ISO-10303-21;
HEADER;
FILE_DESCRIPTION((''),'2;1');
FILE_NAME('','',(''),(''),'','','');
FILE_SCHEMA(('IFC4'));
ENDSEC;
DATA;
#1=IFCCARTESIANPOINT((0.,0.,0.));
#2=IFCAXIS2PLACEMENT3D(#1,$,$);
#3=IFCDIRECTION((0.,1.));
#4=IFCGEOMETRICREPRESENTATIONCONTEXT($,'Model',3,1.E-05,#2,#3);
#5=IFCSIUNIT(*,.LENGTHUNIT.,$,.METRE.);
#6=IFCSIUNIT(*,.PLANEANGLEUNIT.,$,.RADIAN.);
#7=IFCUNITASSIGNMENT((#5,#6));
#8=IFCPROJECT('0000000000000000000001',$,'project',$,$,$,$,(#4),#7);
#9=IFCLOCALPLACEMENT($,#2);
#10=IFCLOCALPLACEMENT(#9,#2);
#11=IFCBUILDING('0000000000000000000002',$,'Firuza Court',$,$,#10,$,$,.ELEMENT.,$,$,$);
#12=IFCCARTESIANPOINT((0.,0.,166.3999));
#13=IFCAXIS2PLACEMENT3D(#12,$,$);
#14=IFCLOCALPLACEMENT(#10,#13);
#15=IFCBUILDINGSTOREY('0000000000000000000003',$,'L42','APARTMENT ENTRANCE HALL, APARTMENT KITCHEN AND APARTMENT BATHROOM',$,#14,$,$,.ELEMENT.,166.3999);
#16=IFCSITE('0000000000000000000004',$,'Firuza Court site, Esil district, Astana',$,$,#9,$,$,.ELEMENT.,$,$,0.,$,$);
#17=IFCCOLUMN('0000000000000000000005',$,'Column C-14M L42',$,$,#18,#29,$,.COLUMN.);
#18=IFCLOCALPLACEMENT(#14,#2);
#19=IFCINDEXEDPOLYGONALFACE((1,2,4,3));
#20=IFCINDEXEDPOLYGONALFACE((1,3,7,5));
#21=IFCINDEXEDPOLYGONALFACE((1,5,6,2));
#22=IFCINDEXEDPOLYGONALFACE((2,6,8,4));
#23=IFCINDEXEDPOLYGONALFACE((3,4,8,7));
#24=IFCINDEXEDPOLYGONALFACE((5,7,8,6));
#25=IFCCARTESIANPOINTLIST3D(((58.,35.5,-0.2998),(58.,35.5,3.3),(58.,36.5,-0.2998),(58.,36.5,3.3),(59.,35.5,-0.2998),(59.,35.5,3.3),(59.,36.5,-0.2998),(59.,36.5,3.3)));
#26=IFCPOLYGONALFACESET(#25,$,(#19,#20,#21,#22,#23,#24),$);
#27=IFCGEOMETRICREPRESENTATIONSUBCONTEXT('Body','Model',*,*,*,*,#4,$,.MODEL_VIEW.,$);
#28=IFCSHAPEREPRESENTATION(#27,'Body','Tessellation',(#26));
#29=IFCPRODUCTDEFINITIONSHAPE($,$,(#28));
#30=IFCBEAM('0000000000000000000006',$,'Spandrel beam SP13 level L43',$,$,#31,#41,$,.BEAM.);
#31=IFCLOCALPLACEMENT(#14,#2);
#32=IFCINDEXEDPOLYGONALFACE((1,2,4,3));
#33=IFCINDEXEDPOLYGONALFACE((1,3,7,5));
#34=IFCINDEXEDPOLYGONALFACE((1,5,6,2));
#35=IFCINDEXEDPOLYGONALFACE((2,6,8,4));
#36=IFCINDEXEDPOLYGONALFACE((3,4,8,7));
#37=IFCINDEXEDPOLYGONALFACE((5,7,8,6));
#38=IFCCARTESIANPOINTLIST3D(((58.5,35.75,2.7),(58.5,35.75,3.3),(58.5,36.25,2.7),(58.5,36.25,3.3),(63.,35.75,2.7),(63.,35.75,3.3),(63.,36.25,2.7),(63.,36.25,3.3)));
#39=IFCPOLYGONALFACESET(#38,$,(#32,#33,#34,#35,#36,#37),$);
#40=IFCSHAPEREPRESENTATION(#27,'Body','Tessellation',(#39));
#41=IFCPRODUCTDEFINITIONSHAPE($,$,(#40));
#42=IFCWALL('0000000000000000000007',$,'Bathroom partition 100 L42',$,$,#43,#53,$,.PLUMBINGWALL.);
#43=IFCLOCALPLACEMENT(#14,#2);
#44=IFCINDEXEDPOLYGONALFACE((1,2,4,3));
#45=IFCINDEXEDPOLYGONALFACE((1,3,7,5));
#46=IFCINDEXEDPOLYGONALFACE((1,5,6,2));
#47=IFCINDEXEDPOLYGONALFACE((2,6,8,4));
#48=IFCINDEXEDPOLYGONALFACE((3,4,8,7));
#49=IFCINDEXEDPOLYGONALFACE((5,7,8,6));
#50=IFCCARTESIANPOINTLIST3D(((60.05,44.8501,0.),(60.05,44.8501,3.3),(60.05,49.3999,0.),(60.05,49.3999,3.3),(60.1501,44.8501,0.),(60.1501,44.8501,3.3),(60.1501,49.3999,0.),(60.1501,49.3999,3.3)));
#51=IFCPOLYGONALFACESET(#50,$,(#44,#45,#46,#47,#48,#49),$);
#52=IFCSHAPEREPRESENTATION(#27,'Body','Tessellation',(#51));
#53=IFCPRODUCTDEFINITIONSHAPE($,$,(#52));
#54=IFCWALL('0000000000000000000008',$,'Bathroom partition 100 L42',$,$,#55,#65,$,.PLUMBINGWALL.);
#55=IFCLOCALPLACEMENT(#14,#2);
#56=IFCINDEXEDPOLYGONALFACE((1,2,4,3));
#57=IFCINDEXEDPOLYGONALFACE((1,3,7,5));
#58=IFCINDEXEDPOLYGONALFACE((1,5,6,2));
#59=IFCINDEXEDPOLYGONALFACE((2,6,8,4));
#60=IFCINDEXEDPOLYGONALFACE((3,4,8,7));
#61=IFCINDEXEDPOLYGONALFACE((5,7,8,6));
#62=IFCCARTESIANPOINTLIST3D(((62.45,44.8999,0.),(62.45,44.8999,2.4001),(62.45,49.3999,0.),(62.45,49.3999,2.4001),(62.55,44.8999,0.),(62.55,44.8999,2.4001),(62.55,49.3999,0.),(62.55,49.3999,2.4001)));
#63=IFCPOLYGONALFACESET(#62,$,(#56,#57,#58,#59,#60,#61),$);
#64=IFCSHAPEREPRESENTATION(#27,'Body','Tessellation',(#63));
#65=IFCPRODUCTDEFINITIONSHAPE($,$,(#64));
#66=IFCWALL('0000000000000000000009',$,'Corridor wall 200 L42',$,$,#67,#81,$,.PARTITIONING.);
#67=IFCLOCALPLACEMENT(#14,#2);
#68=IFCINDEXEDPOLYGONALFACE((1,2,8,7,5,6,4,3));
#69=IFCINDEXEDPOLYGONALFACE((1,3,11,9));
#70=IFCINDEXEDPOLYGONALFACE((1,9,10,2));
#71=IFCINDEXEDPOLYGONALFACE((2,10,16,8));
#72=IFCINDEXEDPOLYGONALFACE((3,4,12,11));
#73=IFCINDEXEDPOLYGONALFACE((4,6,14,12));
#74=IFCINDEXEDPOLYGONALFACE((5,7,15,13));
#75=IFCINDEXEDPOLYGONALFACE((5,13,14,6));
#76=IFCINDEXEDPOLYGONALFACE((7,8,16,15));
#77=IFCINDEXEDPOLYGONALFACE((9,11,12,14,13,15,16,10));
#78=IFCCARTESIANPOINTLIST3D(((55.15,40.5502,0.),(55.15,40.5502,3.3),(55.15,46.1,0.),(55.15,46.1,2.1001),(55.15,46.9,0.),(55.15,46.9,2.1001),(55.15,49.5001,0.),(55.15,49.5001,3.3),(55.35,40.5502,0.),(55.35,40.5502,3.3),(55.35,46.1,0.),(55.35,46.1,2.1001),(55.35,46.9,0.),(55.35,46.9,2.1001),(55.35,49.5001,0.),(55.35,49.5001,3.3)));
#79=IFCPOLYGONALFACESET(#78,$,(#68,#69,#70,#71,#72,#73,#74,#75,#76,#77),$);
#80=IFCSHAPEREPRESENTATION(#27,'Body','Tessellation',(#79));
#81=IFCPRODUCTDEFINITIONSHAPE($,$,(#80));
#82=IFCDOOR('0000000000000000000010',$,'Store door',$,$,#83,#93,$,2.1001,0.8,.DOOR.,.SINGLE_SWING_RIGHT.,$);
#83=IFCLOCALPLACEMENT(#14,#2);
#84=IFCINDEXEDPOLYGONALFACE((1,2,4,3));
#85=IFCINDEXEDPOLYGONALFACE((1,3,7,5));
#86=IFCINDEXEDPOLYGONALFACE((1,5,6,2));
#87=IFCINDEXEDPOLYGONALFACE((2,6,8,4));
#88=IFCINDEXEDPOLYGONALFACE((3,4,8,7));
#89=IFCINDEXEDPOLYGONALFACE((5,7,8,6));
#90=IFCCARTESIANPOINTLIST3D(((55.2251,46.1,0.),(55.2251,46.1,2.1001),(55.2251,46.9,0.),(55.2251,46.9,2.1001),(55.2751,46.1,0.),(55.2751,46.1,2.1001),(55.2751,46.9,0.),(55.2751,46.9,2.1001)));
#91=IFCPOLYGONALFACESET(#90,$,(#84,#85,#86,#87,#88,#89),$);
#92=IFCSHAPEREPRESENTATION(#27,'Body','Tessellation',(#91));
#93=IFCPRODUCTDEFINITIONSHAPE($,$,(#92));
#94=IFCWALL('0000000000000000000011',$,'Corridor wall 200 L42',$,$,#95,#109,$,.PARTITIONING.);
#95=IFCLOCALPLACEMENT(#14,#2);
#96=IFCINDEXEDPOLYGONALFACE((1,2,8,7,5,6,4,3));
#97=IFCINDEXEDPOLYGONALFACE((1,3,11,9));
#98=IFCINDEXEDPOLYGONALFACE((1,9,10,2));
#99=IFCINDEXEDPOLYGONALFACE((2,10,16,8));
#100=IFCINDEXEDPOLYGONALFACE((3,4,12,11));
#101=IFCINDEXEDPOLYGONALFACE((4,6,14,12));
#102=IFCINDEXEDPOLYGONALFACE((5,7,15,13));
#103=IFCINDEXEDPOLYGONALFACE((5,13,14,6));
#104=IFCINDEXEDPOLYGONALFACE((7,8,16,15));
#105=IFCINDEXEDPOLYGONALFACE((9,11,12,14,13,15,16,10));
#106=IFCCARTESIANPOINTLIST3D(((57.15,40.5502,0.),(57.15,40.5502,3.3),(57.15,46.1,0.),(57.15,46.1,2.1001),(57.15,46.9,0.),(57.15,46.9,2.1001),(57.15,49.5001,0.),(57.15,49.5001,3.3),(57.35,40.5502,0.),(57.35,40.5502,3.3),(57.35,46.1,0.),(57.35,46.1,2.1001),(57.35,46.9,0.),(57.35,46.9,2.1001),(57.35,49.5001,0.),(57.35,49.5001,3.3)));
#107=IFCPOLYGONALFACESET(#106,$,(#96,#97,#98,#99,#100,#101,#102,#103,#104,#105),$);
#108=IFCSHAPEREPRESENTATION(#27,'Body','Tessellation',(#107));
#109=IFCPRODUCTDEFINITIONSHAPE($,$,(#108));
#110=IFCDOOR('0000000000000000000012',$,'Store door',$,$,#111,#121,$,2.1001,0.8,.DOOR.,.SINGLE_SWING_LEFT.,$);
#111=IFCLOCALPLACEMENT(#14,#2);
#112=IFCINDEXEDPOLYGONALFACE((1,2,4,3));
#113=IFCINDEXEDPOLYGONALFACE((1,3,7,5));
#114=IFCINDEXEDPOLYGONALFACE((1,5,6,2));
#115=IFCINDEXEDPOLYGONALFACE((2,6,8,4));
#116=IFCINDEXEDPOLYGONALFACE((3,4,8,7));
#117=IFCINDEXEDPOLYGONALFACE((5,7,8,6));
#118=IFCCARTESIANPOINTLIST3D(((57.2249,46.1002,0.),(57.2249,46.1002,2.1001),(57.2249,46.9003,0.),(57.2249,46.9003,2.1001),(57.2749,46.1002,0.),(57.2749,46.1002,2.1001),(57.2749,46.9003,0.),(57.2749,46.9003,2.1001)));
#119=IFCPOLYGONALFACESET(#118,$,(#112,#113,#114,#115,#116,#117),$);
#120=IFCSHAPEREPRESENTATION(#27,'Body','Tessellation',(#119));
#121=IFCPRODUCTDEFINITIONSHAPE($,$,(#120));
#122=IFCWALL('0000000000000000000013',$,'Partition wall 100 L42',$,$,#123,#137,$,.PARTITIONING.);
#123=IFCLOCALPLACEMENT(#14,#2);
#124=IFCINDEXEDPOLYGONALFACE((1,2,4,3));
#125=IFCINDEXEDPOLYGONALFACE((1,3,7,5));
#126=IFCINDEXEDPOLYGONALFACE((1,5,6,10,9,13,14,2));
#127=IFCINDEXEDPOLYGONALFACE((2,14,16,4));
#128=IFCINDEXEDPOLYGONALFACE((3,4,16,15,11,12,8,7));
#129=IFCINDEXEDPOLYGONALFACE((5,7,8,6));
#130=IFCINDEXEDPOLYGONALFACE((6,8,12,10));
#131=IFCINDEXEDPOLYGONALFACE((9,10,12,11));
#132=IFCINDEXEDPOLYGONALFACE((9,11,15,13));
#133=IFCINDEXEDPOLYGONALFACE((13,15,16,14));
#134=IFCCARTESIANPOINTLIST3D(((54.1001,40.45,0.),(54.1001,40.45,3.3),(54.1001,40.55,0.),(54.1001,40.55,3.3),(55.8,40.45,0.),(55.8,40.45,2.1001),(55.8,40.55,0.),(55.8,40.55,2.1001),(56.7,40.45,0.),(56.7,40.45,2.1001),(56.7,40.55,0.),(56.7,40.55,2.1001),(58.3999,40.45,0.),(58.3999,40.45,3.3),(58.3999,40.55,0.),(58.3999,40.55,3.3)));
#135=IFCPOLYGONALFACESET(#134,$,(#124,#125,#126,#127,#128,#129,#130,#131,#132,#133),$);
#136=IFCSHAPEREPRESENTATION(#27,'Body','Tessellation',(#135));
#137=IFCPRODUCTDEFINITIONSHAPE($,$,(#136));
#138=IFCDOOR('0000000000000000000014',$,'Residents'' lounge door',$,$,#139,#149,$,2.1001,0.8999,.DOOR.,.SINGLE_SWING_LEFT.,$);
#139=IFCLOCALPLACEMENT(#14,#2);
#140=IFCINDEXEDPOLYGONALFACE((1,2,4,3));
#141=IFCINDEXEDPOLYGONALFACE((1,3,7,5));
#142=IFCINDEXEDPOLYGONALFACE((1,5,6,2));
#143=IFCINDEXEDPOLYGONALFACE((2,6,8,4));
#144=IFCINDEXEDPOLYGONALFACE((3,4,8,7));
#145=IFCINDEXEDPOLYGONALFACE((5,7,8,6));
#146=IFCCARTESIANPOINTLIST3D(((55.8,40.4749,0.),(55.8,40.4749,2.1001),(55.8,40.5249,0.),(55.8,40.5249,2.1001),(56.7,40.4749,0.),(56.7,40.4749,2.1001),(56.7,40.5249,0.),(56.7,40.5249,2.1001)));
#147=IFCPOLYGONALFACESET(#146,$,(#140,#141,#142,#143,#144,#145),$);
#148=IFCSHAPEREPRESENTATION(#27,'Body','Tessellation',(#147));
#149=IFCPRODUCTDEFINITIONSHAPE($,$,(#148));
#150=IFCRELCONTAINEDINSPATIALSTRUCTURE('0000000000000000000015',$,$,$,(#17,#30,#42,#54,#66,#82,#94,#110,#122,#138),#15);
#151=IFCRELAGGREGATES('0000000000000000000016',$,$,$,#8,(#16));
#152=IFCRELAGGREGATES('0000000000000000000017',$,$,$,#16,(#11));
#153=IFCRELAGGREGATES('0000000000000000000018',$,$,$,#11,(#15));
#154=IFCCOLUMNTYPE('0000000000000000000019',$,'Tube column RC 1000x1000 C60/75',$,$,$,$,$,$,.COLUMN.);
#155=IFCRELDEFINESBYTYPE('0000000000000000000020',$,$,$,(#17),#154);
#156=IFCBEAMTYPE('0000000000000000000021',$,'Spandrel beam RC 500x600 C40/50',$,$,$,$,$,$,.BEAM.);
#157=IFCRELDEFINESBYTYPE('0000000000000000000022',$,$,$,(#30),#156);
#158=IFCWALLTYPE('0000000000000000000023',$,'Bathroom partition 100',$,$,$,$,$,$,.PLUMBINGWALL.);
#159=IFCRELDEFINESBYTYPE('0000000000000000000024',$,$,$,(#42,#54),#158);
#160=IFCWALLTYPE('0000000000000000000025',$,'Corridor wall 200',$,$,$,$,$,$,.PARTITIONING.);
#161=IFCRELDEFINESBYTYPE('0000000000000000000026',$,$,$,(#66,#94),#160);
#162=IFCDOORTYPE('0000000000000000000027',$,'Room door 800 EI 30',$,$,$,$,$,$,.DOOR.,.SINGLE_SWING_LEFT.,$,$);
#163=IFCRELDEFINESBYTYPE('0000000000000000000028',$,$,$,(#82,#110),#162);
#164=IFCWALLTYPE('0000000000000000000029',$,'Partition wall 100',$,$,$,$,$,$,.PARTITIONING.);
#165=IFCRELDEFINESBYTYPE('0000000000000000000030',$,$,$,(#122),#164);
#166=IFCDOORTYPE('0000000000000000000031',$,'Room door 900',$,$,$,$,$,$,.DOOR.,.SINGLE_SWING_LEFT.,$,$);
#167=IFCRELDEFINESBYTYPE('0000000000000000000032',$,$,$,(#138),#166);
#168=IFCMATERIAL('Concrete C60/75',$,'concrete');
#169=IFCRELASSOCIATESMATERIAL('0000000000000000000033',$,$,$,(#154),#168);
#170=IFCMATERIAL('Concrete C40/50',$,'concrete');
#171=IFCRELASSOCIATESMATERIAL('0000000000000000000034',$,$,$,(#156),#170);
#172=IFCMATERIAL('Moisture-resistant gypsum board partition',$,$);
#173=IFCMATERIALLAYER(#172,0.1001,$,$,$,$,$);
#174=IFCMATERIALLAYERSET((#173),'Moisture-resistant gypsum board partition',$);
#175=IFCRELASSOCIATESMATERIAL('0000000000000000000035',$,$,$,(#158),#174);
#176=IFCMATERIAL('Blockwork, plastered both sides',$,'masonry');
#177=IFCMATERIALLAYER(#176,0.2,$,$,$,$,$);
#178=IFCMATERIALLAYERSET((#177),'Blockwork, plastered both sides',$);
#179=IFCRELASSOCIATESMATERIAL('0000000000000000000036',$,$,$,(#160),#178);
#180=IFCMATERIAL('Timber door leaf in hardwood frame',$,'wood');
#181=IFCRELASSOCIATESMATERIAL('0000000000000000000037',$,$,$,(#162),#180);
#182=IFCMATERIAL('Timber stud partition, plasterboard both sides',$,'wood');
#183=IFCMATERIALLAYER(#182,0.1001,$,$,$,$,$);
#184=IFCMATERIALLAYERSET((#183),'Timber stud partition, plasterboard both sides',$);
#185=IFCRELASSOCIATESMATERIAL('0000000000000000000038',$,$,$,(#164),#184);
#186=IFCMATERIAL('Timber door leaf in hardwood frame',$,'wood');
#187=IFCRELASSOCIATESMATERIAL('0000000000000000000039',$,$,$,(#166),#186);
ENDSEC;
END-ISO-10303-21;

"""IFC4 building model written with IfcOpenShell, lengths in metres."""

from ifc_helpers import new_model, si_unit, direction, frame, frame_2d, origin, origin_2d, place, context, subcontext, project, spatial, rectangle, extrude, material, layer, layer_set, material_profile, profile_set, type_object, element, fill, save


model = new_model("IFC4")

# Units and contexts
model_context = context("Model", 3, precision=1e-05, world=origin(), true_north=direction((0.0, 1.0)))
body_context = subcontext(model_context, "Body", "Model", "MODEL_VIEW")
ifc_project = project(units=[si_unit("LENGTHUNIT", "METRE"), si_unit("PLANEANGLEUNIT", "RADIAN")], contexts=[model_context])

# Site, building, storey
site_placement = place(None, origin())
site = spatial("IfcSite", under=ifc_project, at=site_placement, Name="Firuza Court site, Esil district, Astana", CompositionType="ELEMENT", RefElevation=0.0)
building_placement = place(site_placement, origin())
building = spatial("IfcBuilding", under=site, at=building_placement, Name="Firuza Court", CompositionType="ELEMENT")
storey_placement = place(building_placement, frame((0.0, 0.0, 166.3999)))
storey = spatial("IfcBuildingStorey", under=building, at=storey_placement, Name="L42", Description="APARTMENT ENTRANCE HALL, APARTMENT KITCHEN AND APARTMENT BATHROOM", CompositionType="ELEMENT", Elevation=166.3999)

# Column
ifc_material_1 = material(Name="Concrete C60/75", Category="concrete")
ifc_material_profile_1 = material_profile(ifc_material_1, rectangle(XDim=1.0, YDim=1.0, at=origin_2d()), Name="RC 1000x1000")
ifc_profile_set_1 = profile_set([ifc_material_profile_1], Name="Concrete C60/75")
column_type = type_object("IfcColumnType", Name="Tube column RC 1000x1000 C60/75", PredefinedType="COLUMN", material=ifc_profile_set_1)
column_placement = place(storey_placement, frame((58.5, 36.0, -0.2998), z_axis=(0.0, 0.0, 1.0), x_axis=(1.0, 0.0, 0.0)))
element("IfcColumn", 1, at=column_placement, inside=storey, type_object=column_type, Name="Column C-14M L42", PredefinedType="COLUMN", context=body_context, shape_type="SweptSolid", body=[
    extrude(rectangle(XDim=1.0, YDim=1.0, at=origin_2d()), origin(), (0.0, 0.0, 1.0), 3.5999),
])

# Beam
ifc_material_2 = material(Name="Concrete C40/50", Category="concrete")
ifc_material_profile_2 = material_profile(ifc_material_2, rectangle(XDim=0.5, YDim=0.6001, at=origin_2d()), Name="RC 500x600")
ifc_profile_set_2 = profile_set([ifc_material_profile_2], Name="Concrete C40/50")
beam_type = type_object("IfcBeamType", Name="Spandrel beam RC 500x600 C40/50", PredefinedType="BEAM", material=ifc_profile_set_2)
beam_placement = place(storey_placement, frame((58.5, 36.0, 3.0), z_axis=(1.0, 0.0, 0.0), x_axis=(0.0, 1.0, 0.0)))
element("IfcBeam", 2, at=beam_placement, inside=storey, type_object=beam_type, Name="Spandrel beam SP13 level L43", PredefinedType="BEAM", context=body_context, shape_type="SweptSolid", body=[
    extrude(rectangle(XDim=0.5, YDim=0.6001, at=origin_2d()), origin(), (0.0, 0.0, 1.0), 4.5),
])

# Walls
ifc_material_3 = material(Name="Moisture-resistant gypsum board partition")
ifc_layer_1 = layer(ifc_material_3, 0.1001)
ifc_layer_set_1 = layer_set([ifc_layer_1], Name="Moisture-resistant gypsum board partition")
wall_type_1 = type_object("IfcWallType", Name="Bathroom partition 100", PredefinedType="PLUMBINGWALL", material=ifc_layer_set_1)
wall_1_placement = place(storey_placement, frame((60.1001, 44.8501, 0.0), z_axis=(0.0, 0.0, 1.0), x_axis=(0.0, 1.0, 0.0)))
element("IfcWall", 3, at=wall_1_placement, inside=storey, type_object=wall_type_1, Name="Bathroom partition 100 L42", PredefinedType="PLUMBINGWALL", context=body_context, shape_type="SweptSolid", body=[
    extrude(rectangle(XDim=4.5498, YDim=0.1001, at=frame_2d((2.2749, 0.0))), origin(), (0.0, 0.0, 1.0), 3.3),
])
wall_2_placement = place(storey_placement, frame((62.5, 44.8999, 0.0), z_axis=(0.0, 0.0, 1.0), x_axis=(0.0, 1.0, 0.0)))
element("IfcWall", 4, at=wall_2_placement, inside=storey, type_object=wall_type_1, Name="Bathroom partition 100 L42", PredefinedType="PLUMBINGWALL", context=body_context, shape_type="SweptSolid", body=[
    extrude(rectangle(XDim=4.5, YDim=0.1001, at=frame_2d((2.25, 0.0))), origin(), (0.0, 0.0, 1.0), 2.4001),
])

# Walls, openings, doors
ifc_material_4 = material(Name="Blockwork, plastered both sides", Category="masonry")
ifc_layer_2 = layer(ifc_material_4, 0.2)
ifc_layer_set_2 = layer_set([ifc_layer_2], Name="Blockwork, plastered both sides")
wall_type_2 = type_object("IfcWallType", Name="Corridor wall 200", PredefinedType="PARTITIONING", material=ifc_layer_set_2)
wall_3_placement = place(storey_placement, frame((55.25, 40.55, 0.0), z_axis=(0.0, 0.0, 1.0), x_axis=(0.0, 1.0, 0.0)))
wall_3 = element("IfcWall", 5, at=wall_3_placement, inside=storey, type_object=wall_type_2, Name="Corridor wall 200 L42", PredefinedType="PARTITIONING", context=body_context, shape_type="SweptSolid", body=[
    extrude(rectangle(XDim=8.95, YDim=0.2, at=frame_2d((4.4751, 0.0))), origin(), (0.0, 0.0, 1.0), 3.3),
])
opening_1_placement = place(wall_3_placement, frame((5.55, 0.0, 0.0)))
opening_1 = element("IfcOpeningElement", 6, at=opening_1_placement, cuts=wall_3, PredefinedType="OPENING", context=body_context, shape_type="SweptSolid", body=[
    extrude(rectangle(XDim=0.8, YDim=2.1001, at=frame_2d((0.3999, 1.05))), frame((0.0, 0.1118, 0.0), z_axis=(0.0, -1.0, 0.0), x_axis=(1.0, 0.0, 0.0)), (0.0, 0.0, 1.0), 0.2239),
])
ifc_material_5 = material(Name="Timber door leaf in hardwood frame", Category="wood")
door_type_1 = type_object("IfcDoorType", Name="Room door 800 EI 30", OperationType="SINGLE_SWING_LEFT", PredefinedType="DOOR", material=ifc_material_5)
door_1_placement = place(opening_1_placement, origin())
door_1 = element("IfcDoor", 7, at=door_1_placement, inside=storey, type_object=door_type_1, Name="Store door", OperationType="SINGLE_SWING_RIGHT", OverallHeight=2.1001, OverallWidth=0.8, PredefinedType="DOOR", context=body_context, shape_type="SweptSolid", body=[
    extrude(rectangle(XDim=0.8, YDim=2.1001, at=frame_2d((0.3999, 1.05))), frame((0.0, 0.0249, 0.0), z_axis=(0.0, -1.0, 0.0), x_axis=(1.0, 0.0, 0.0)), (0.0, 0.0, 1.0), 0.05),
])
fill(opening_1, door_1)
wall_4_placement = place(storey_placement, frame((57.25, 40.55, 0.0), z_axis=(0.0, 0.0, 1.0), x_axis=(0.0, 1.0, 0.0)))
wall_4 = element("IfcWall", 8, at=wall_4_placement, inside=storey, type_object=wall_type_2, Name="Corridor wall 200 L42", PredefinedType="PARTITIONING", context=body_context, shape_type="SweptSolid", body=[
    extrude(rectangle(XDim=8.95, YDim=0.2, at=frame_2d((4.4751, 0.0))), origin(), (0.0, 0.0, 1.0), 3.3),
])
opening_2_placement = place(wall_4_placement, frame((5.55, 0.0, 0.0)))
opening_2 = element("IfcOpeningElement", 9, at=opening_2_placement, cuts=wall_4, PredefinedType="OPENING", context=body_context, shape_type="SweptSolid", body=[
    extrude(rectangle(XDim=0.8, YDim=2.1001, at=frame_2d((0.3999, 1.05))), frame((0.0, 0.1118, 0.0), z_axis=(0.0, -1.0, 0.0), x_axis=(1.0, 0.0, 0.0)), (0.0, 0.0, 1.0), 0.2239),
])
door_2_placement = place(opening_2_placement, frame((0.8, 0.0, 0.0), z_axis=(0.0, 0.0, 1.0), x_axis=(-1.0, 0.0, 0.0)))
door_2 = element("IfcDoor", 10, at=door_2_placement, inside=storey, type_object=door_type_1, Name="Store door", OperationType="SINGLE_SWING_LEFT", OverallHeight=2.1001, OverallWidth=0.8, PredefinedType="DOOR", context=body_context, shape_type="SweptSolid", body=[
    extrude(rectangle(XDim=0.8, YDim=2.1001, at=frame_2d((0.3999, 1.05))), frame((0.0, 0.0249, 0.0), z_axis=(0.0, -1.0, 0.0), x_axis=(1.0, 0.0, 0.0)), (0.0, 0.0, 1.0), 0.05),
])
fill(opening_2, door_2)
ifc_material_6 = material(Name="Timber stud partition, plasterboard both sides", Category="wood")
ifc_layer_3 = layer(ifc_material_6, 0.1001)
ifc_layer_set_3 = layer_set([ifc_layer_3], Name="Timber stud partition, plasterboard both sides")
wall_type_3 = type_object("IfcWallType", Name="Partition wall 100", PredefinedType="PARTITIONING", material=ifc_layer_set_3)
wall_5_placement = place(storey_placement, frame((54.1001, 40.5, 0.0), z_axis=(0.0, 0.0, 1.0), x_axis=(1.0, 0.0, 0.0)))
wall_5 = element("IfcWall", 11, at=wall_5_placement, inside=storey, type_object=wall_type_3, Name="Partition wall 100 L42", PredefinedType="PARTITIONING", context=body_context, shape_type="SweptSolid", body=[
    extrude(rectangle(XDim=4.2998, YDim=0.1001, at=frame_2d((2.1499, 0.0))), origin(), (0.0, 0.0, 1.0), 3.3),
])
opening_3_placement = place(wall_5_placement, frame((1.7, 0.0, 0.0)))
opening_3 = element("IfcOpeningElement", 12, at=opening_3_placement, cuts=wall_5, PredefinedType="OPENING", context=body_context, shape_type="SweptSolid", body=[
    extrude(rectangle(XDim=0.8999, YDim=2.1001, at=frame_2d((0.45, 1.05))), frame((0.0, 0.062, 0.0), z_axis=(0.0, -1.0, 0.0), x_axis=(1.0, 0.0, 0.0)), (0.0, 0.0, 1.0), 0.124),
])
ifc_material_7 = material(Name="Timber door leaf in hardwood frame", Category="wood")
door_type_2 = type_object("IfcDoorType", Name="Room door 900", OperationType="SINGLE_SWING_LEFT", PredefinedType="DOOR", material=ifc_material_7)
door_3_placement = place(opening_3_placement, origin())
door_3 = element("IfcDoor", 13, at=door_3_placement, inside=storey, type_object=door_type_2, Name="Residents' lounge door", OperationType="SINGLE_SWING_LEFT", OverallHeight=2.1001, OverallWidth=0.8999, PredefinedType="DOOR", context=body_context, shape_type="SweptSolid", body=[
    extrude(rectangle(XDim=0.8999, YDim=2.1001, at=frame_2d((0.45, 1.05))), frame((0.0, 0.0249, 0.0), z_axis=(0.0, -1.0, 0.0), x_axis=(1.0, 0.0, 0.0)), (0.0, 0.0, 1.0), 0.05),
])
fill(opening_3, door_3)

save(model, "model.ifc")
